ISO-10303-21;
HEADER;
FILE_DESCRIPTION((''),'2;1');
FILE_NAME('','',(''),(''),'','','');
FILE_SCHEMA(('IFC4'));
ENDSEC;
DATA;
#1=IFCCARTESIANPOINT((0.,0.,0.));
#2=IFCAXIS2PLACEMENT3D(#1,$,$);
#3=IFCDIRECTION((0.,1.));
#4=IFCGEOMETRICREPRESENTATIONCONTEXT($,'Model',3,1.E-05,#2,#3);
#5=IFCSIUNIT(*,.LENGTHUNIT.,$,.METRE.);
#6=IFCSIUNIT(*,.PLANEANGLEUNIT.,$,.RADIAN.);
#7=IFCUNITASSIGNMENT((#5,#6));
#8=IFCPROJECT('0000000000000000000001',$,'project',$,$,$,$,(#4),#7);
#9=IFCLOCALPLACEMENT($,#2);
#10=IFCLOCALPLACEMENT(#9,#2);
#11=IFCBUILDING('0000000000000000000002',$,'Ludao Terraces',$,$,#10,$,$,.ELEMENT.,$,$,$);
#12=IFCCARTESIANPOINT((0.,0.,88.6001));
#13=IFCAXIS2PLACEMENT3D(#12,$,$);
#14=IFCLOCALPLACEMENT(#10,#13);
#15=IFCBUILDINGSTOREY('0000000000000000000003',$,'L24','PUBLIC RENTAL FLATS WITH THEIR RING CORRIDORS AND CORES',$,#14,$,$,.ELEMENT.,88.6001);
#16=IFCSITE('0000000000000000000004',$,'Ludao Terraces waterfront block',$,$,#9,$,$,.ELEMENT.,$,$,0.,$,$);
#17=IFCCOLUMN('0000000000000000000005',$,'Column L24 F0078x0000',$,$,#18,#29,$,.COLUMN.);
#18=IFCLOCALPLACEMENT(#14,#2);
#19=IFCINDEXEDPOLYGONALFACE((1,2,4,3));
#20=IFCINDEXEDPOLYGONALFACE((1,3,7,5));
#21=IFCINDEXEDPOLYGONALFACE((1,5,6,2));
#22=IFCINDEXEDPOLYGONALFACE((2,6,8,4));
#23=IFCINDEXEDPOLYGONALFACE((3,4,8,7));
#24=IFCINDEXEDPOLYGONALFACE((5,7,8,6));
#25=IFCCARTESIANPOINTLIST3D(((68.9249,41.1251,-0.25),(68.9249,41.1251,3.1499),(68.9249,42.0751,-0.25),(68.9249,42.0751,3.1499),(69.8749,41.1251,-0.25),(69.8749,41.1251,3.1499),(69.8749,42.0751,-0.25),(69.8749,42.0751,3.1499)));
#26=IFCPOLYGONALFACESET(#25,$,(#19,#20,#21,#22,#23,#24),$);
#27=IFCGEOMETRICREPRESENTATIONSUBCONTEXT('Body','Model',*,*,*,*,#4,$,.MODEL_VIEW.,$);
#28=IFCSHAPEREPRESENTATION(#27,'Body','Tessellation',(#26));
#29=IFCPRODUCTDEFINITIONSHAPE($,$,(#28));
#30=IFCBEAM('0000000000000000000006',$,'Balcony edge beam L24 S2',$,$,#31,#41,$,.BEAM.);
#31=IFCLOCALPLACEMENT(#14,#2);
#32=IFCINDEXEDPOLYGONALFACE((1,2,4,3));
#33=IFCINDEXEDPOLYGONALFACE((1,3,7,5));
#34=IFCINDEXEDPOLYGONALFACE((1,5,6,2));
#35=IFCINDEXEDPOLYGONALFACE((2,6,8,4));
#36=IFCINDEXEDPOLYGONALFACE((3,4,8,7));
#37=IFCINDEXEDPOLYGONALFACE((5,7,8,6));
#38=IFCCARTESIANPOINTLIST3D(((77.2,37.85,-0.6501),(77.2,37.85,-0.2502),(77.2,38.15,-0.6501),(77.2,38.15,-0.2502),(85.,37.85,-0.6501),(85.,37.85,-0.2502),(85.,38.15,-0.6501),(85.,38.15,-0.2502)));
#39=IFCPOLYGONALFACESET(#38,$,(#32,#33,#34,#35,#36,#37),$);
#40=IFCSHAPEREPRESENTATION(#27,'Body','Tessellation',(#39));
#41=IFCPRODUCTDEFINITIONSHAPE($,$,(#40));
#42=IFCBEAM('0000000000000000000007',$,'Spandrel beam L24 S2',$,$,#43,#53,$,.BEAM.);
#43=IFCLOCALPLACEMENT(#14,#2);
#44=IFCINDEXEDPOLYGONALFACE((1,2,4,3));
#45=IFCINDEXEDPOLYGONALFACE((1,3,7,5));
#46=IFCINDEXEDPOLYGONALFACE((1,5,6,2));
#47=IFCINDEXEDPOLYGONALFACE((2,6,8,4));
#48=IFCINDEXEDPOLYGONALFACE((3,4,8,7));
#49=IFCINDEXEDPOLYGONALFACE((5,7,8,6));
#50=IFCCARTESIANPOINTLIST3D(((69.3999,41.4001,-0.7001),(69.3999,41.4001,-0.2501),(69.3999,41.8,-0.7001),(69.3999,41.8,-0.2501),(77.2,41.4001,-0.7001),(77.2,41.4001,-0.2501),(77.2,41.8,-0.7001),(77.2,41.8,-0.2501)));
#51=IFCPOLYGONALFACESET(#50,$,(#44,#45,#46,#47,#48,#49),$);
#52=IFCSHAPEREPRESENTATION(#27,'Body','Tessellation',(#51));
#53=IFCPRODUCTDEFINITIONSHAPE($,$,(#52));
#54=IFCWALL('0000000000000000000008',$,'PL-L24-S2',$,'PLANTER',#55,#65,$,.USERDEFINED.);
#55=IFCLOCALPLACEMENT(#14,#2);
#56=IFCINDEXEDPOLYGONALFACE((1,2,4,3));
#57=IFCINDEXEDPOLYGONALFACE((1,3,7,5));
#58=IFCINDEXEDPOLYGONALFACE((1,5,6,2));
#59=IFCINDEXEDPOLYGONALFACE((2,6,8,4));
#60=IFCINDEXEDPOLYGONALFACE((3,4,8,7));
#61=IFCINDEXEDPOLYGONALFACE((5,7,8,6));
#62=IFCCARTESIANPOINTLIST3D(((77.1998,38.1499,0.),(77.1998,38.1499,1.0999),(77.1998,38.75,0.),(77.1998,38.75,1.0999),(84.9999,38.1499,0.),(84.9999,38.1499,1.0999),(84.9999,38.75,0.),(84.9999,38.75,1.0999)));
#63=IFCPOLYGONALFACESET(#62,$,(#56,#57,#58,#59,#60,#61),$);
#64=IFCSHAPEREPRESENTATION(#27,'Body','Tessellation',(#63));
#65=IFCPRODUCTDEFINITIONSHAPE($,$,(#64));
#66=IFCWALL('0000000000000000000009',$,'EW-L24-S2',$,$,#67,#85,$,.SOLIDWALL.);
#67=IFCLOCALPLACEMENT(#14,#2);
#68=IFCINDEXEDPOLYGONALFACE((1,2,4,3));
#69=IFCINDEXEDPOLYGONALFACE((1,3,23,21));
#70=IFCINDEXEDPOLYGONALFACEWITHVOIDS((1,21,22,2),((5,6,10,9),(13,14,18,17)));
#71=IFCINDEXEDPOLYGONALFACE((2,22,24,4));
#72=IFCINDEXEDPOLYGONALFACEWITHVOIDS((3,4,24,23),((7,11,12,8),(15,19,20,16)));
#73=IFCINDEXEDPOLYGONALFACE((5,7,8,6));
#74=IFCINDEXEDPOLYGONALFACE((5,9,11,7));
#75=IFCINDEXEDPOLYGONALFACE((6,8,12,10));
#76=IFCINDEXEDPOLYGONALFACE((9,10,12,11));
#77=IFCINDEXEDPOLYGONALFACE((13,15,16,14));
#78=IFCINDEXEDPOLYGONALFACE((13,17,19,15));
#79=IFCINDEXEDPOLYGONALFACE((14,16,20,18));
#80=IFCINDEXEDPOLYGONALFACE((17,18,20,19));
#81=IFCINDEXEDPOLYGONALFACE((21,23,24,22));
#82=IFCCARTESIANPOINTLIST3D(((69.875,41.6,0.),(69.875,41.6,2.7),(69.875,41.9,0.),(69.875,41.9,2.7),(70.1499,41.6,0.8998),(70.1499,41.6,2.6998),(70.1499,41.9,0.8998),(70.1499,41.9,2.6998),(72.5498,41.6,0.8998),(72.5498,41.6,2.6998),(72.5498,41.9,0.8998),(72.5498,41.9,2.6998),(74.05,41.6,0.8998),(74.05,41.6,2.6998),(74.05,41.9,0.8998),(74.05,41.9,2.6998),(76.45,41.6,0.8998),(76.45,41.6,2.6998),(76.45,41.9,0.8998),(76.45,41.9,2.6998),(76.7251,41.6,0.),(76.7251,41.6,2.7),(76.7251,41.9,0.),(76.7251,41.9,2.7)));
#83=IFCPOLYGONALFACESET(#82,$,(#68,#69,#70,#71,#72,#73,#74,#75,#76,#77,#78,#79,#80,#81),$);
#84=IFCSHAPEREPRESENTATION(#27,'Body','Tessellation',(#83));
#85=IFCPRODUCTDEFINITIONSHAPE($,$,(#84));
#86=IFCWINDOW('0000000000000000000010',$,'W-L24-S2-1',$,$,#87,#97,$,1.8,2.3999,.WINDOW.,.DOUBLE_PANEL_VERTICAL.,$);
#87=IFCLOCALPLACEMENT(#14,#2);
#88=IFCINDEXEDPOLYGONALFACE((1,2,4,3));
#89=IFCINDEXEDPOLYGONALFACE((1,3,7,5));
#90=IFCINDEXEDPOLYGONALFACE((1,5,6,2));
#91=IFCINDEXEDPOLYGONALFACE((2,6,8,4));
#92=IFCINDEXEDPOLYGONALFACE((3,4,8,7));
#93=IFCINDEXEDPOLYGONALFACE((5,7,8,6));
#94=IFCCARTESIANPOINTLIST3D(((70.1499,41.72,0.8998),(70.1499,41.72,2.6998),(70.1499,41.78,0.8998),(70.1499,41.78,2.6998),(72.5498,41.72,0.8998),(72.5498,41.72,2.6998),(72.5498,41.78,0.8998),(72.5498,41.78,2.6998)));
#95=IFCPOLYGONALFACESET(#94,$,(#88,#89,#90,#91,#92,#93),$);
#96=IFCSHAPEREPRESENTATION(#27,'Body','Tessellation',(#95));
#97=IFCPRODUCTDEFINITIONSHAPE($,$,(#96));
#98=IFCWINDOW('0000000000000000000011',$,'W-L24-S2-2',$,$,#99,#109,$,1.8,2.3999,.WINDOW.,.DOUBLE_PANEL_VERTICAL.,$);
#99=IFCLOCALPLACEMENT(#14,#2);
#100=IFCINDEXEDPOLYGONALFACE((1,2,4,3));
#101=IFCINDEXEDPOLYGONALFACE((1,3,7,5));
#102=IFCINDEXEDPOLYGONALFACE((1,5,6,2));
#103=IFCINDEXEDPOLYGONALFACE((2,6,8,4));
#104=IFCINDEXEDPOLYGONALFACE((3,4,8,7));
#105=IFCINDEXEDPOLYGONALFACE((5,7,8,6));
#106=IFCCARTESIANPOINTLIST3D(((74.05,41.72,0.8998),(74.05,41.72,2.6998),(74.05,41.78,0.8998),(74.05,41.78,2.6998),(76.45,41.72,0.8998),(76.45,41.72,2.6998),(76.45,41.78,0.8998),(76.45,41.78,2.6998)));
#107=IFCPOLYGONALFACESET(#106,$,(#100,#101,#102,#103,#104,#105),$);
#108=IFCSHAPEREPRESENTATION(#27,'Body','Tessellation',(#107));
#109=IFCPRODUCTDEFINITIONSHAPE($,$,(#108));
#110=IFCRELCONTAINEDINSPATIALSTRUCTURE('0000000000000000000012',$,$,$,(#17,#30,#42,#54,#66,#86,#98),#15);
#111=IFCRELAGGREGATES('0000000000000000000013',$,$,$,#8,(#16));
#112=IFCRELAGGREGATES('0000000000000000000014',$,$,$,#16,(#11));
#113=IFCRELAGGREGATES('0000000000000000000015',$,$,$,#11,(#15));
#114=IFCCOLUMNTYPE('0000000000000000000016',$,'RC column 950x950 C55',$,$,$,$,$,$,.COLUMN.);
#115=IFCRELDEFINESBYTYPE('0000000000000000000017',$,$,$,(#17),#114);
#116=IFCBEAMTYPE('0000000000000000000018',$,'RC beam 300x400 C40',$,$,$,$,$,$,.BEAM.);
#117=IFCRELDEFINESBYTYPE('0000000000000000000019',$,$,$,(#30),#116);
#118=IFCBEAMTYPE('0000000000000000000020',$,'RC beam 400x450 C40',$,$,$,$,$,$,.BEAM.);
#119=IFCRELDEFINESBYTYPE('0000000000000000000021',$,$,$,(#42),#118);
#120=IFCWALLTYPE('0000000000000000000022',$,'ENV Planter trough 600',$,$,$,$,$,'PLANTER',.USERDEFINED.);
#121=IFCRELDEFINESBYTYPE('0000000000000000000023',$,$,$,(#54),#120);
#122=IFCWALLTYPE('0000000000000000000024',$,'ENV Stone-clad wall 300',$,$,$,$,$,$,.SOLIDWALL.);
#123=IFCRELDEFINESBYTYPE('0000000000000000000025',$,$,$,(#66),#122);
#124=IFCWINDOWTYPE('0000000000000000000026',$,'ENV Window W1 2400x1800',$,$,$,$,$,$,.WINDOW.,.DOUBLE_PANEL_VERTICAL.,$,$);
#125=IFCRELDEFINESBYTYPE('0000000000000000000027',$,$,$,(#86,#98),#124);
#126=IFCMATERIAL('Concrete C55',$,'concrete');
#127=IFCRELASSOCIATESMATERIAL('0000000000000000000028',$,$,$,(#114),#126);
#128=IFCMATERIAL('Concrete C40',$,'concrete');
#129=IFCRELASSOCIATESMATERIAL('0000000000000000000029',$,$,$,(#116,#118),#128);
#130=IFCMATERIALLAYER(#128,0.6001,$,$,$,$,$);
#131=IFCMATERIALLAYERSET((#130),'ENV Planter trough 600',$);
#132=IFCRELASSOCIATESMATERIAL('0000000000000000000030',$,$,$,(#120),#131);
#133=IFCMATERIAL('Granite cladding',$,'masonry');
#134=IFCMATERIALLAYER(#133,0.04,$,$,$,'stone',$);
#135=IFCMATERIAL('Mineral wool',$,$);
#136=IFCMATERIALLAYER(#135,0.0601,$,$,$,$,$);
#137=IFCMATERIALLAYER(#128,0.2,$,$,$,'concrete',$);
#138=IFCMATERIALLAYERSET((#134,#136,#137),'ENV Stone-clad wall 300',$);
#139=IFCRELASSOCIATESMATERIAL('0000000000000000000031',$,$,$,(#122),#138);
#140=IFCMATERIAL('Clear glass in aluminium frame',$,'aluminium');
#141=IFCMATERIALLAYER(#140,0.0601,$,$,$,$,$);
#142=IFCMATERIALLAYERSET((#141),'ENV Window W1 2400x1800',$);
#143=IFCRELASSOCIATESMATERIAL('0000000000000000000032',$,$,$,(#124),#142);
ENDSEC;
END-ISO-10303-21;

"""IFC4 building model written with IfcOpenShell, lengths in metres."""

from ifc_helpers import new_model, si_unit, direction, frame, frame_2d, origin, origin_2d, place, context, subcontext, project, spatial, rectangle, extrude, material, layer, layer_set, material_profile, profile_set, type_object, element, fill, save


model = new_model("IFC4")

# Units and contexts
model_context = context("Model", 3, precision=1e-05, world=origin(), true_north=direction((0.0, 1.0)))
body_context = subcontext(model_context, "Body", "Model", "MODEL_VIEW")
ifc_project = project(units=[si_unit("LENGTHUNIT", "METRE"), si_unit("PLANEANGLEUNIT", "RADIAN")], contexts=[model_context])

# Site, building, storey
site_placement = place(None, origin())
site = spatial("IfcSite", under=ifc_project, at=site_placement, Name="Ludao Terraces waterfront block", CompositionType="ELEMENT", RefElevation=0.0)
building_placement = place(site_placement, origin())
building = spatial("IfcBuilding", under=site, at=building_placement, Name="Ludao Terraces", CompositionType="ELEMENT")
storey_placement = place(building_placement, frame((0.0, 0.0, 88.6001)))
storey = spatial("IfcBuildingStorey", under=building, at=storey_placement, Name="L24", Description="PUBLIC RENTAL FLATS WITH THEIR RING CORRIDORS AND CORES", CompositionType="ELEMENT", Elevation=88.6001)

# Column
ifc_material_1 = material(Name="Concrete C55", Category="concrete")
ifc_material_profile_1 = material_profile(ifc_material_1, rectangle(XDim=0.95, YDim=0.95, at=origin_2d()), Name="950 X 950")
ifc_profile_set_1 = profile_set([ifc_material_profile_1], Name="Concrete C55")
column_type = type_object("IfcColumnType", Name="RC column 950x950 C55", PredefinedType="COLUMN", material=ifc_profile_set_1)
column_placement = place(storey_placement, frame((69.3999, 41.6001, -0.25), z_axis=(0.0, 0.0, 1.0), x_axis=(1.0, 0.0, 0.0)))
element("IfcColumn", 1, at=column_placement, inside=storey, type_object=column_type, Name="Column L24 F0078x0000", PredefinedType="COLUMN", context=body_context, shape_type="SweptSolid", body=[
    extrude(rectangle(XDim=0.95, YDim=0.95, at=origin_2d()), origin(), (0.0, 0.0, 1.0), 3.3999),
])

# Beams
ifc_material_2 = material(Name="Concrete C40", Category="concrete")
ifc_material_profile_2 = material_profile(ifc_material_2, rectangle(XDim=0.3, YDim=0.3999, at=origin_2d()), Name="300 X 400")
ifc_profile_set_2 = profile_set([ifc_material_profile_2], Name="Concrete C40")
beam_type_1 = type_object("IfcBeamType", Name="RC beam 300x400 C40", PredefinedType="BEAM", material=ifc_profile_set_2)
beam_1_placement = place(storey_placement, frame((77.2, 38.0, -0.4502), z_axis=(1.0, 0.0, 0.0), x_axis=(0.0, 1.0, 0.0)))
element("IfcBeam", 2, at=beam_1_placement, inside=storey, type_object=beam_type_1, Name="Balcony edge beam L24 S2", PredefinedType="BEAM", context=body_context, shape_type="SweptSolid", body=[
    extrude(rectangle(XDim=0.3, YDim=0.3999, at=origin_2d()), origin(), (0.0, 0.0, 1.0), 7.8),
])
ifc_material_profile_3 = material_profile(ifc_material_2, rectangle(XDim=0.3999, YDim=0.45, at=origin_2d()), Name="400 X 450")
ifc_profile_set_3 = profile_set([ifc_material_profile_3], Name="Concrete C40")
beam_type_2 = type_object("IfcBeamType", Name="RC beam 400x450 C40", PredefinedType="BEAM", material=ifc_profile_set_3)
beam_2_placement = place(storey_placement, frame((69.3999, 41.6001, -0.4751), z_axis=(1.0, 0.0, 0.0), x_axis=(0.0, 1.0, 0.0)))
element("IfcBeam", 3, at=beam_2_placement, inside=storey, type_object=beam_type_2, Name="Spandrel beam L24 S2", PredefinedType="BEAM", context=body_context, shape_type="SweptSolid", body=[
    extrude(rectangle(XDim=0.3999, YDim=0.45, at=origin_2d()), origin(), (0.0, 0.0, 1.0), 7.8),
])

# Wall
ifc_layer_1 = layer(ifc_material_2, 0.6001)
ifc_layer_set_1 = layer_set([ifc_layer_1], Name="ENV Planter trough 600")
wall_type_1 = type_object("IfcWallType", Name="ENV Planter trough 600", ElementType="PLANTER", PredefinedType="USERDEFINED", material=ifc_layer_set_1)
wall_1_placement = place(storey_placement, frame((77.2, 38.45, 0.0), z_axis=(0.0, 0.0, 1.0), x_axis=(1.0, 0.0, 0.0)))
element("IfcWall", 4, at=wall_1_placement, inside=storey, type_object=wall_type_1, Name="PL-L24-S2", ObjectType="PLANTER", PredefinedType="USERDEFINED", context=body_context, shape_type="SweptSolid", body=[
    extrude(rectangle(XDim=7.8, YDim=0.6001, at=frame_2d((3.8999, 0.0))), origin(), (0.0, 0.0, 1.0), 1.0999),
])

# Wall, openings, windows
ifc_material_3 = material(Name="Granite cladding", Category="masonry")
ifc_layer_2 = layer(ifc_material_3, 0.04, Category="stone")
ifc_material_4 = material(Name="Mineral wool")
ifc_layer_3 = layer(ifc_material_4, 0.0601)
ifc_layer_4 = layer(ifc_material_2, 0.2, Category="concrete")
ifc_layer_set_2 = layer_set([ifc_layer_2, ifc_layer_3, ifc_layer_4], Name="ENV Stone-clad wall 300")
wall_type_2 = type_object("IfcWallType", Name="ENV Stone-clad wall 300", PredefinedType="SOLIDWALL", material=ifc_layer_set_2)
wall_2_placement = place(storey_placement, frame((69.875, 41.75, 0.0), z_axis=(0.0, 0.0, 1.0), x_axis=(1.0, 0.0, 0.0)))
wall_2 = element("IfcWall", 5, at=wall_2_placement, inside=storey, type_object=wall_type_2, Name="EW-L24-S2", PredefinedType="SOLIDWALL", context=body_context, shape_type="SweptSolid", body=[
    extrude(rectangle(XDim=6.8501, YDim=0.3, at=frame_2d((3.425, 0.0))), origin(), (0.0, 0.0, 1.0), 2.7),
])
opening_1_placement = place(wall_2_placement, frame((0.2749, 0.0, 0.8999)))
opening_1 = element("IfcOpeningElement", 6, at=opening_1_placement, cuts=wall_2, PredefinedType="OPENING", context=body_context, shape_type="SweptSolid", body=[
    extrude(rectangle(XDim=2.3999, YDim=1.8, at=frame_2d((1.2, 0.8999))), frame((0.0, 0.1602, 0.0), z_axis=(0.0, -1.0, 0.0), x_axis=(1.0, 0.0, 0.0)), (0.0, 0.0, 1.0), 0.3201),
])
opening_2_placement = place(wall_2_placement, frame((4.175, 0.0, 0.8999)))
opening_2 = element("IfcOpeningElement", 7, at=opening_2_placement, cuts=wall_2, PredefinedType="OPENING", context=body_context, shape_type="SweptSolid", body=[
    extrude(rectangle(XDim=2.3999, YDim=1.8, at=frame_2d((1.2, 0.8999))), frame((0.0, 0.1602, 0.0), z_axis=(0.0, -1.0, 0.0), x_axis=(1.0, 0.0, 0.0)), (0.0, 0.0, 1.0), 0.3201),
])
ifc_material_5 = material(Name="Clear glass in aluminium frame", Category="aluminium")
ifc_layer_5 = layer(ifc_material_5, 0.0601)
ifc_layer_set_3 = layer_set([ifc_layer_5], Name="ENV Window W1 2400x1800")
window_type = type_object("IfcWindowType", Name="ENV Window W1 2400x1800", PartitioningType="DOUBLE_PANEL_VERTICAL", PredefinedType="WINDOW", material=ifc_layer_set_3)
window_1_placement = place(opening_1_placement, origin())
window_1 = element("IfcWindow", 8, at=window_1_placement, inside=storey, type_object=window_type, Name="W-L24-S2-1", OverallHeight=1.8, OverallWidth=2.3999, PartitioningType="DOUBLE_PANEL_VERTICAL", PredefinedType="WINDOW", context=body_context, shape_type="SweptSolid", body=[
    extrude(rectangle(XDim=2.3999, YDim=1.8, at=frame_2d((1.2, 0.8999))), frame((0.0, 0.03, 0.0), z_axis=(0.0, -1.0, 0.0), x_axis=(1.0, 0.0, 0.0)), (0.0, 0.0, 1.0), 0.0601),
])
fill(opening_1, window_1)
window_2_placement = place(opening_2_placement, origin())
window_2 = element("IfcWindow", 9, at=window_2_placement, inside=storey, type_object=window_type, Name="W-L24-S2-2", OverallHeight=1.8, OverallWidth=2.3999, PartitioningType="DOUBLE_PANEL_VERTICAL", PredefinedType="WINDOW", context=body_context, shape_type="SweptSolid", body=[
    extrude(rectangle(XDim=2.3999, YDim=1.8, at=frame_2d((1.2, 0.8999))), frame((0.0, 0.03, 0.0), z_axis=(0.0, -1.0, 0.0), x_axis=(1.0, 0.0, 0.0)), (0.0, 0.0, 1.0), 0.0601),
])
fill(opening_2, window_2)

save(model, "model.ifc")
